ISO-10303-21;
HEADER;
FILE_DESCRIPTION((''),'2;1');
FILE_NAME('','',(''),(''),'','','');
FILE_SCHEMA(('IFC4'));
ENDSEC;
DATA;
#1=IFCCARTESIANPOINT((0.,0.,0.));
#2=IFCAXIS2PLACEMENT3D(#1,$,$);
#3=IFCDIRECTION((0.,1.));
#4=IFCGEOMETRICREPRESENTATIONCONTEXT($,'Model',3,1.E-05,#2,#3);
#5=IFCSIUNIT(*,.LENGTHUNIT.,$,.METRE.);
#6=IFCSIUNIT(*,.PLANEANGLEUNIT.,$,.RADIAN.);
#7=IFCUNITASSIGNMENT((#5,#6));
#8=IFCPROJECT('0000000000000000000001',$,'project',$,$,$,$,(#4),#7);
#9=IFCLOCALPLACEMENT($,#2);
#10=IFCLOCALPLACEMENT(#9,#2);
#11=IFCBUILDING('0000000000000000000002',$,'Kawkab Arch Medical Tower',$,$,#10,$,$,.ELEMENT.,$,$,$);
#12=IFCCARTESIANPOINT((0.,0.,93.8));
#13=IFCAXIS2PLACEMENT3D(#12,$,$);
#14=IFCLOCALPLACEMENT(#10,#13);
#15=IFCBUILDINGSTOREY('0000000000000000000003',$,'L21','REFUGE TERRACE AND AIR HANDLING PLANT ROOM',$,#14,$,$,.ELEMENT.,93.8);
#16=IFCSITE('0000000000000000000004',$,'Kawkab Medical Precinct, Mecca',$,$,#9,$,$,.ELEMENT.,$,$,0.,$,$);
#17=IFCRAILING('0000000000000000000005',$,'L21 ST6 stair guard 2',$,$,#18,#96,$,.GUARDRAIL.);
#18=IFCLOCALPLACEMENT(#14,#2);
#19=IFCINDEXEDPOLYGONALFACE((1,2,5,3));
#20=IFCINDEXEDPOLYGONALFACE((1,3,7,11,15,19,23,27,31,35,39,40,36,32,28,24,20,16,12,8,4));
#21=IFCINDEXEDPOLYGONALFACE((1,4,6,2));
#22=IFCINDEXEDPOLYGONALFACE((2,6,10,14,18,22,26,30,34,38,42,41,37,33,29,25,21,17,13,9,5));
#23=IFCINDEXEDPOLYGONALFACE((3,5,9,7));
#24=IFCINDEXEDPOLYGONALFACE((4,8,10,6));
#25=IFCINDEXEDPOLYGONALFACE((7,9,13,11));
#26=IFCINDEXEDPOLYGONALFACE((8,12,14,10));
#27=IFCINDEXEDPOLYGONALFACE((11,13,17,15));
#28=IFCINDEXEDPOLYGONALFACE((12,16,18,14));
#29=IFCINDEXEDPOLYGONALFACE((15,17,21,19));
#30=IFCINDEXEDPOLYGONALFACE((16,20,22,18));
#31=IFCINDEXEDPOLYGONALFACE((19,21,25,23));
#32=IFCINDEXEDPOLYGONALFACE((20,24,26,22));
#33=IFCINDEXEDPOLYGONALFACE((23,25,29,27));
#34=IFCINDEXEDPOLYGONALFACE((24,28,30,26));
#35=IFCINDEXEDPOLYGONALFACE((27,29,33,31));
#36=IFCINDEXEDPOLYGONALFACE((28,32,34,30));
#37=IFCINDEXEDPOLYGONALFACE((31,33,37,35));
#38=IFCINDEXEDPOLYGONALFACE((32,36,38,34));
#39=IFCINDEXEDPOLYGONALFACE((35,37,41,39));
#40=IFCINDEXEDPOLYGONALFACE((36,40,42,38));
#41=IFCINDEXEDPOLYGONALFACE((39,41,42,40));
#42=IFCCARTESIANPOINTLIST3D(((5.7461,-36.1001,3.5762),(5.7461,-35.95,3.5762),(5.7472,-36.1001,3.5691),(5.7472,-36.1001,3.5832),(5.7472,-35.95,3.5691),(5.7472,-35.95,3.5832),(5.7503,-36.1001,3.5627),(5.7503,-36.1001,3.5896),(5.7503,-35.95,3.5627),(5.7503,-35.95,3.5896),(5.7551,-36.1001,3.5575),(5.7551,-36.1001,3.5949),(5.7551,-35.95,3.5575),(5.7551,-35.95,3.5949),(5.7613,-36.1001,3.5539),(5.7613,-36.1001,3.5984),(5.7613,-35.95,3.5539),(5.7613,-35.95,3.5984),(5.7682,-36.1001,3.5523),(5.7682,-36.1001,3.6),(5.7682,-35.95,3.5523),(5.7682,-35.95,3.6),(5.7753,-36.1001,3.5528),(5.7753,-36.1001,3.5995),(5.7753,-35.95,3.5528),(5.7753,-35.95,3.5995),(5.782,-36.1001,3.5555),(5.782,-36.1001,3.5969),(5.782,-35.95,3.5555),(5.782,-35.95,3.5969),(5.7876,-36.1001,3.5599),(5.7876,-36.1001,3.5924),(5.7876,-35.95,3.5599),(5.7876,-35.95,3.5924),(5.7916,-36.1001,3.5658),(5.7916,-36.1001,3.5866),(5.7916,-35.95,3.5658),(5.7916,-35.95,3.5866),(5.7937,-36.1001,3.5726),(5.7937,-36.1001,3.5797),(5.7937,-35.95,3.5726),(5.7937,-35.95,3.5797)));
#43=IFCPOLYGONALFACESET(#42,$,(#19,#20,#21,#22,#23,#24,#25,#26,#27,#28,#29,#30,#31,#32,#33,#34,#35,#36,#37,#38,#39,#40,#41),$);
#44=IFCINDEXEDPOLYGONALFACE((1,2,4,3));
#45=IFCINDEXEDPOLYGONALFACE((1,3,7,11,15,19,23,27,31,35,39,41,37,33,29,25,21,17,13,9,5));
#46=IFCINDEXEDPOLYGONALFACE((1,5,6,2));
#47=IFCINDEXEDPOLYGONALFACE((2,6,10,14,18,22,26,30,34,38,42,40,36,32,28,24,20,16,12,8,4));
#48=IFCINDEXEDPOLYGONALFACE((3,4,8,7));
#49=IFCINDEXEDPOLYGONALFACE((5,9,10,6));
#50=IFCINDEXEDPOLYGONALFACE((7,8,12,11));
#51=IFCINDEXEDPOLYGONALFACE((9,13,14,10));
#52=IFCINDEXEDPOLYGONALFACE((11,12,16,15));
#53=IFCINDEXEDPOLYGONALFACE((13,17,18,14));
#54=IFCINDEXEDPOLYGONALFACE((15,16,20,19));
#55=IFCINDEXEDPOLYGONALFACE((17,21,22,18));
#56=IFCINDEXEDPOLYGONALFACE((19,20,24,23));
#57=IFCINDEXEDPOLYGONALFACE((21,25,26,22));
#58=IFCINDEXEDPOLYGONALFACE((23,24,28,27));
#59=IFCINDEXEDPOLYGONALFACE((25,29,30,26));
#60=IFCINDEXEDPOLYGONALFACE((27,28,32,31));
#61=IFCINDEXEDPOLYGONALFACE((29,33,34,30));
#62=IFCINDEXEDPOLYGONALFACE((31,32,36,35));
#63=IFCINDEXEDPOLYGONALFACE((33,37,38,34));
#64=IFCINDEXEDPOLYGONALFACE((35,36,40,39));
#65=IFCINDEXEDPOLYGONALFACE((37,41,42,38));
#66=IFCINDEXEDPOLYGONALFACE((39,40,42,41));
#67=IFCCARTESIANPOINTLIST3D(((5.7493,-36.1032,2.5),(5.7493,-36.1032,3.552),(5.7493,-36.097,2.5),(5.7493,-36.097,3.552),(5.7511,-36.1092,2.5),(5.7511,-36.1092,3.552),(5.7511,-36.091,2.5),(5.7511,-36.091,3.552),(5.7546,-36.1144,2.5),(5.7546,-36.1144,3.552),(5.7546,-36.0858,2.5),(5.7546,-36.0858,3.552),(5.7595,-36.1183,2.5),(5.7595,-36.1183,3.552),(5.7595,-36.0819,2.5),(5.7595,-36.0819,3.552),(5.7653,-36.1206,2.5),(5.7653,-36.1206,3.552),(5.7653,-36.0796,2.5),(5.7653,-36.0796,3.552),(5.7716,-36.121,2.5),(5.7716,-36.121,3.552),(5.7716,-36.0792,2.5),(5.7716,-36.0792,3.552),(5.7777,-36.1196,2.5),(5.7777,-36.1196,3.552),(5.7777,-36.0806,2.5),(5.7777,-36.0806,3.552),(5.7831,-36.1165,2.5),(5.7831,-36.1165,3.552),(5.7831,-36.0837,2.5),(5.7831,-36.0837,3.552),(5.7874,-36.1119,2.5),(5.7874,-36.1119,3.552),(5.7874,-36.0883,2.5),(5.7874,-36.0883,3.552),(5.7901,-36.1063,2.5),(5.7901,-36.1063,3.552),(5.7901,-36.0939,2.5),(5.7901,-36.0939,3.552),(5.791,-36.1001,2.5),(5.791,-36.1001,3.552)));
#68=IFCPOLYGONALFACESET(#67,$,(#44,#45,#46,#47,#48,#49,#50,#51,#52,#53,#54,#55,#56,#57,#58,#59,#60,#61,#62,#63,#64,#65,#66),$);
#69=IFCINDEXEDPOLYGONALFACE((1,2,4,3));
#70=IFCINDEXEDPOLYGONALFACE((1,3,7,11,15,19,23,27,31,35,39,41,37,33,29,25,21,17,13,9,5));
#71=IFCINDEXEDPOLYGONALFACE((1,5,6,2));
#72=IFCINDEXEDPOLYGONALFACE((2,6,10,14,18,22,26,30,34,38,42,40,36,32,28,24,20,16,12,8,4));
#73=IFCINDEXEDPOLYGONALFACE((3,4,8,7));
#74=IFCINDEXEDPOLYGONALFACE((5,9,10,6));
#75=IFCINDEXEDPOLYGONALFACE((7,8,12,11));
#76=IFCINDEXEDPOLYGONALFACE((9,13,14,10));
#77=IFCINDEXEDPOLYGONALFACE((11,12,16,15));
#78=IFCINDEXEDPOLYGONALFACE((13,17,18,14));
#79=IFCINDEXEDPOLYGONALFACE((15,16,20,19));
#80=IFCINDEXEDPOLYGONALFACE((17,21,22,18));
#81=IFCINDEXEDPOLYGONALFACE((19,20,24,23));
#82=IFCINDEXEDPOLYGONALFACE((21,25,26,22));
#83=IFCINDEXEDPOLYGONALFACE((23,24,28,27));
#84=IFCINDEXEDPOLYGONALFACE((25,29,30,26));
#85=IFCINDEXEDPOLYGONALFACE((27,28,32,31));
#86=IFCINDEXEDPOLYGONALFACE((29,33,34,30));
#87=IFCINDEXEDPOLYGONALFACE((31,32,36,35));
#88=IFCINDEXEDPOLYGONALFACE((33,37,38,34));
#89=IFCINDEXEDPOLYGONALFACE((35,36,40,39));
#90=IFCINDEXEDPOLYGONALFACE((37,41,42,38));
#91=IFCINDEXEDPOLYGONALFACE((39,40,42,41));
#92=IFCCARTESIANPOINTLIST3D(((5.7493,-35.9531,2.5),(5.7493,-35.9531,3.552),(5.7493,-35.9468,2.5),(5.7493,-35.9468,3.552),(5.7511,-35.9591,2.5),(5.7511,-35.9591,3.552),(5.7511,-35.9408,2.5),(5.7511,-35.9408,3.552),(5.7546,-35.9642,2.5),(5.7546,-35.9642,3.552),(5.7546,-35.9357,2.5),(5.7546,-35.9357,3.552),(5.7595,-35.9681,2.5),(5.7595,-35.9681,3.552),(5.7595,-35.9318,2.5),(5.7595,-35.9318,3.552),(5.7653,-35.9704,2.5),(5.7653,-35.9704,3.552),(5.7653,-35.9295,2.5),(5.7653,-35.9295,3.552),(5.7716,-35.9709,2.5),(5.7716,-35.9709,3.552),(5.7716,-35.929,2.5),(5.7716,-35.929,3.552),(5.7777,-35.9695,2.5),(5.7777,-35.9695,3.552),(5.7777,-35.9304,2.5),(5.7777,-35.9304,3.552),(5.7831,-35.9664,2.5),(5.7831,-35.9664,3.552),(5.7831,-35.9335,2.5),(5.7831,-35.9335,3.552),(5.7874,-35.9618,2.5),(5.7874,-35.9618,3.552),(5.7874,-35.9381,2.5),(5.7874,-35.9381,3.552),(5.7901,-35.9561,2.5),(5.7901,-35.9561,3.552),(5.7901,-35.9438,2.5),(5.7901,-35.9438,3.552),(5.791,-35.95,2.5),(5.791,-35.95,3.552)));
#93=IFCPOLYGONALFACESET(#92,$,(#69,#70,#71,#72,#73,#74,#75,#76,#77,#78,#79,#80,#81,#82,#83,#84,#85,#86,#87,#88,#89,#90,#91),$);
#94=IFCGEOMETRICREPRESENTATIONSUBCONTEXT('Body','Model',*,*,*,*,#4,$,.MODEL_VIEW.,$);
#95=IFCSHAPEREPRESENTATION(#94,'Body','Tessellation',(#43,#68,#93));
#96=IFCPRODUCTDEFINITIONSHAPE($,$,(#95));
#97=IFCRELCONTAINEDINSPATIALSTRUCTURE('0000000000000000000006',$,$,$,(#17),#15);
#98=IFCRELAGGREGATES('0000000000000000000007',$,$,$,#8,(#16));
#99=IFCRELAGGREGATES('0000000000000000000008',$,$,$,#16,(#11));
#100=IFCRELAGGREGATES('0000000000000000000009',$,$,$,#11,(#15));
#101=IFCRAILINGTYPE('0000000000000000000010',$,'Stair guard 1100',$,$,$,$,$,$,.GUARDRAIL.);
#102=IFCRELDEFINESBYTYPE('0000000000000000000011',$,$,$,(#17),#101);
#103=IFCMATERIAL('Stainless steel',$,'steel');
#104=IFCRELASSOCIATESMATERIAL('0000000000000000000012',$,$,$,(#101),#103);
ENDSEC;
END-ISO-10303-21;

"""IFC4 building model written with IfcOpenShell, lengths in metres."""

from ifc_helpers import new_model, si_unit, direction, frame, origin, origin_2d, place, context, subcontext, project, spatial, circle, extrude, material, type_object, element, save


model = new_model("IFC4")

# Units and contexts
model_context = context("Model", 3, precision=1e-05, world=origin(), true_north=direction((0.0, 1.0)))
body_context = subcontext(model_context, "Body", "Model", "MODEL_VIEW")
ifc_project = project(units=[si_unit("LENGTHUNIT", "METRE"), si_unit("PLANEANGLEUNIT", "RADIAN")], contexts=[model_context])

# Site, building, storey
site_placement = place(None, origin())
site = spatial("IfcSite", under=ifc_project, at=site_placement, Name="Kawkab Medical Precinct, Mecca", CompositionType="ELEMENT", RefElevation=0.0)
building_placement = place(site_placement, origin())
building = spatial("IfcBuilding", under=site, at=building_placement, Name="Kawkab Arch Medical Tower", CompositionType="ELEMENT")
storey_placement = place(building_placement, frame((0.0, 0.0, 93.8)))
storey = spatial("IfcBuildingStorey", under=building, at=storey_placement, Name="L21", Description="REFUGE TERRACE AND AIR HANDLING PLANT ROOM", CompositionType="ELEMENT", Elevation=93.8)

# Railing
ifc_material_1 = material(Name="Stainless steel", Category="steel")
railing_type = type_object("IfcRailingType", Name="Stair guard 1100", PredefinedType="GUARDRAIL", material=ifc_material_1)
railing_1_placement = place(storey_placement, frame((5.77, -36.1001, 2.5)))
element("IfcRailing", 1, at=railing_1_placement, inside=storey, type_object=railing_type, Name="L21 ST6 stair guard 2", PredefinedType="GUARDRAIL", context=body_context, shape_type="SweptSolid", body=[
    extrude(circle(Radius=0.0239, at=origin_2d()), frame((0.0, 0.0, 1.0762), z_axis=(0.0, 1.0, 0.0), x_axis=(-1.0, 0.0, 0.0)), (0.0, 0.0, 1.0), 0.1501),
    extrude(circle(Radius=0.021, at=origin_2d()), origin(), (0.0, 0.0, 1.0), 1.052),
    extrude(circle(Radius=0.021, at=origin_2d()), frame((0.0, 0.1501, 0.0)), (0.0, 0.0, 1.0), 1.052),
])

save(model, "model.ifc")
